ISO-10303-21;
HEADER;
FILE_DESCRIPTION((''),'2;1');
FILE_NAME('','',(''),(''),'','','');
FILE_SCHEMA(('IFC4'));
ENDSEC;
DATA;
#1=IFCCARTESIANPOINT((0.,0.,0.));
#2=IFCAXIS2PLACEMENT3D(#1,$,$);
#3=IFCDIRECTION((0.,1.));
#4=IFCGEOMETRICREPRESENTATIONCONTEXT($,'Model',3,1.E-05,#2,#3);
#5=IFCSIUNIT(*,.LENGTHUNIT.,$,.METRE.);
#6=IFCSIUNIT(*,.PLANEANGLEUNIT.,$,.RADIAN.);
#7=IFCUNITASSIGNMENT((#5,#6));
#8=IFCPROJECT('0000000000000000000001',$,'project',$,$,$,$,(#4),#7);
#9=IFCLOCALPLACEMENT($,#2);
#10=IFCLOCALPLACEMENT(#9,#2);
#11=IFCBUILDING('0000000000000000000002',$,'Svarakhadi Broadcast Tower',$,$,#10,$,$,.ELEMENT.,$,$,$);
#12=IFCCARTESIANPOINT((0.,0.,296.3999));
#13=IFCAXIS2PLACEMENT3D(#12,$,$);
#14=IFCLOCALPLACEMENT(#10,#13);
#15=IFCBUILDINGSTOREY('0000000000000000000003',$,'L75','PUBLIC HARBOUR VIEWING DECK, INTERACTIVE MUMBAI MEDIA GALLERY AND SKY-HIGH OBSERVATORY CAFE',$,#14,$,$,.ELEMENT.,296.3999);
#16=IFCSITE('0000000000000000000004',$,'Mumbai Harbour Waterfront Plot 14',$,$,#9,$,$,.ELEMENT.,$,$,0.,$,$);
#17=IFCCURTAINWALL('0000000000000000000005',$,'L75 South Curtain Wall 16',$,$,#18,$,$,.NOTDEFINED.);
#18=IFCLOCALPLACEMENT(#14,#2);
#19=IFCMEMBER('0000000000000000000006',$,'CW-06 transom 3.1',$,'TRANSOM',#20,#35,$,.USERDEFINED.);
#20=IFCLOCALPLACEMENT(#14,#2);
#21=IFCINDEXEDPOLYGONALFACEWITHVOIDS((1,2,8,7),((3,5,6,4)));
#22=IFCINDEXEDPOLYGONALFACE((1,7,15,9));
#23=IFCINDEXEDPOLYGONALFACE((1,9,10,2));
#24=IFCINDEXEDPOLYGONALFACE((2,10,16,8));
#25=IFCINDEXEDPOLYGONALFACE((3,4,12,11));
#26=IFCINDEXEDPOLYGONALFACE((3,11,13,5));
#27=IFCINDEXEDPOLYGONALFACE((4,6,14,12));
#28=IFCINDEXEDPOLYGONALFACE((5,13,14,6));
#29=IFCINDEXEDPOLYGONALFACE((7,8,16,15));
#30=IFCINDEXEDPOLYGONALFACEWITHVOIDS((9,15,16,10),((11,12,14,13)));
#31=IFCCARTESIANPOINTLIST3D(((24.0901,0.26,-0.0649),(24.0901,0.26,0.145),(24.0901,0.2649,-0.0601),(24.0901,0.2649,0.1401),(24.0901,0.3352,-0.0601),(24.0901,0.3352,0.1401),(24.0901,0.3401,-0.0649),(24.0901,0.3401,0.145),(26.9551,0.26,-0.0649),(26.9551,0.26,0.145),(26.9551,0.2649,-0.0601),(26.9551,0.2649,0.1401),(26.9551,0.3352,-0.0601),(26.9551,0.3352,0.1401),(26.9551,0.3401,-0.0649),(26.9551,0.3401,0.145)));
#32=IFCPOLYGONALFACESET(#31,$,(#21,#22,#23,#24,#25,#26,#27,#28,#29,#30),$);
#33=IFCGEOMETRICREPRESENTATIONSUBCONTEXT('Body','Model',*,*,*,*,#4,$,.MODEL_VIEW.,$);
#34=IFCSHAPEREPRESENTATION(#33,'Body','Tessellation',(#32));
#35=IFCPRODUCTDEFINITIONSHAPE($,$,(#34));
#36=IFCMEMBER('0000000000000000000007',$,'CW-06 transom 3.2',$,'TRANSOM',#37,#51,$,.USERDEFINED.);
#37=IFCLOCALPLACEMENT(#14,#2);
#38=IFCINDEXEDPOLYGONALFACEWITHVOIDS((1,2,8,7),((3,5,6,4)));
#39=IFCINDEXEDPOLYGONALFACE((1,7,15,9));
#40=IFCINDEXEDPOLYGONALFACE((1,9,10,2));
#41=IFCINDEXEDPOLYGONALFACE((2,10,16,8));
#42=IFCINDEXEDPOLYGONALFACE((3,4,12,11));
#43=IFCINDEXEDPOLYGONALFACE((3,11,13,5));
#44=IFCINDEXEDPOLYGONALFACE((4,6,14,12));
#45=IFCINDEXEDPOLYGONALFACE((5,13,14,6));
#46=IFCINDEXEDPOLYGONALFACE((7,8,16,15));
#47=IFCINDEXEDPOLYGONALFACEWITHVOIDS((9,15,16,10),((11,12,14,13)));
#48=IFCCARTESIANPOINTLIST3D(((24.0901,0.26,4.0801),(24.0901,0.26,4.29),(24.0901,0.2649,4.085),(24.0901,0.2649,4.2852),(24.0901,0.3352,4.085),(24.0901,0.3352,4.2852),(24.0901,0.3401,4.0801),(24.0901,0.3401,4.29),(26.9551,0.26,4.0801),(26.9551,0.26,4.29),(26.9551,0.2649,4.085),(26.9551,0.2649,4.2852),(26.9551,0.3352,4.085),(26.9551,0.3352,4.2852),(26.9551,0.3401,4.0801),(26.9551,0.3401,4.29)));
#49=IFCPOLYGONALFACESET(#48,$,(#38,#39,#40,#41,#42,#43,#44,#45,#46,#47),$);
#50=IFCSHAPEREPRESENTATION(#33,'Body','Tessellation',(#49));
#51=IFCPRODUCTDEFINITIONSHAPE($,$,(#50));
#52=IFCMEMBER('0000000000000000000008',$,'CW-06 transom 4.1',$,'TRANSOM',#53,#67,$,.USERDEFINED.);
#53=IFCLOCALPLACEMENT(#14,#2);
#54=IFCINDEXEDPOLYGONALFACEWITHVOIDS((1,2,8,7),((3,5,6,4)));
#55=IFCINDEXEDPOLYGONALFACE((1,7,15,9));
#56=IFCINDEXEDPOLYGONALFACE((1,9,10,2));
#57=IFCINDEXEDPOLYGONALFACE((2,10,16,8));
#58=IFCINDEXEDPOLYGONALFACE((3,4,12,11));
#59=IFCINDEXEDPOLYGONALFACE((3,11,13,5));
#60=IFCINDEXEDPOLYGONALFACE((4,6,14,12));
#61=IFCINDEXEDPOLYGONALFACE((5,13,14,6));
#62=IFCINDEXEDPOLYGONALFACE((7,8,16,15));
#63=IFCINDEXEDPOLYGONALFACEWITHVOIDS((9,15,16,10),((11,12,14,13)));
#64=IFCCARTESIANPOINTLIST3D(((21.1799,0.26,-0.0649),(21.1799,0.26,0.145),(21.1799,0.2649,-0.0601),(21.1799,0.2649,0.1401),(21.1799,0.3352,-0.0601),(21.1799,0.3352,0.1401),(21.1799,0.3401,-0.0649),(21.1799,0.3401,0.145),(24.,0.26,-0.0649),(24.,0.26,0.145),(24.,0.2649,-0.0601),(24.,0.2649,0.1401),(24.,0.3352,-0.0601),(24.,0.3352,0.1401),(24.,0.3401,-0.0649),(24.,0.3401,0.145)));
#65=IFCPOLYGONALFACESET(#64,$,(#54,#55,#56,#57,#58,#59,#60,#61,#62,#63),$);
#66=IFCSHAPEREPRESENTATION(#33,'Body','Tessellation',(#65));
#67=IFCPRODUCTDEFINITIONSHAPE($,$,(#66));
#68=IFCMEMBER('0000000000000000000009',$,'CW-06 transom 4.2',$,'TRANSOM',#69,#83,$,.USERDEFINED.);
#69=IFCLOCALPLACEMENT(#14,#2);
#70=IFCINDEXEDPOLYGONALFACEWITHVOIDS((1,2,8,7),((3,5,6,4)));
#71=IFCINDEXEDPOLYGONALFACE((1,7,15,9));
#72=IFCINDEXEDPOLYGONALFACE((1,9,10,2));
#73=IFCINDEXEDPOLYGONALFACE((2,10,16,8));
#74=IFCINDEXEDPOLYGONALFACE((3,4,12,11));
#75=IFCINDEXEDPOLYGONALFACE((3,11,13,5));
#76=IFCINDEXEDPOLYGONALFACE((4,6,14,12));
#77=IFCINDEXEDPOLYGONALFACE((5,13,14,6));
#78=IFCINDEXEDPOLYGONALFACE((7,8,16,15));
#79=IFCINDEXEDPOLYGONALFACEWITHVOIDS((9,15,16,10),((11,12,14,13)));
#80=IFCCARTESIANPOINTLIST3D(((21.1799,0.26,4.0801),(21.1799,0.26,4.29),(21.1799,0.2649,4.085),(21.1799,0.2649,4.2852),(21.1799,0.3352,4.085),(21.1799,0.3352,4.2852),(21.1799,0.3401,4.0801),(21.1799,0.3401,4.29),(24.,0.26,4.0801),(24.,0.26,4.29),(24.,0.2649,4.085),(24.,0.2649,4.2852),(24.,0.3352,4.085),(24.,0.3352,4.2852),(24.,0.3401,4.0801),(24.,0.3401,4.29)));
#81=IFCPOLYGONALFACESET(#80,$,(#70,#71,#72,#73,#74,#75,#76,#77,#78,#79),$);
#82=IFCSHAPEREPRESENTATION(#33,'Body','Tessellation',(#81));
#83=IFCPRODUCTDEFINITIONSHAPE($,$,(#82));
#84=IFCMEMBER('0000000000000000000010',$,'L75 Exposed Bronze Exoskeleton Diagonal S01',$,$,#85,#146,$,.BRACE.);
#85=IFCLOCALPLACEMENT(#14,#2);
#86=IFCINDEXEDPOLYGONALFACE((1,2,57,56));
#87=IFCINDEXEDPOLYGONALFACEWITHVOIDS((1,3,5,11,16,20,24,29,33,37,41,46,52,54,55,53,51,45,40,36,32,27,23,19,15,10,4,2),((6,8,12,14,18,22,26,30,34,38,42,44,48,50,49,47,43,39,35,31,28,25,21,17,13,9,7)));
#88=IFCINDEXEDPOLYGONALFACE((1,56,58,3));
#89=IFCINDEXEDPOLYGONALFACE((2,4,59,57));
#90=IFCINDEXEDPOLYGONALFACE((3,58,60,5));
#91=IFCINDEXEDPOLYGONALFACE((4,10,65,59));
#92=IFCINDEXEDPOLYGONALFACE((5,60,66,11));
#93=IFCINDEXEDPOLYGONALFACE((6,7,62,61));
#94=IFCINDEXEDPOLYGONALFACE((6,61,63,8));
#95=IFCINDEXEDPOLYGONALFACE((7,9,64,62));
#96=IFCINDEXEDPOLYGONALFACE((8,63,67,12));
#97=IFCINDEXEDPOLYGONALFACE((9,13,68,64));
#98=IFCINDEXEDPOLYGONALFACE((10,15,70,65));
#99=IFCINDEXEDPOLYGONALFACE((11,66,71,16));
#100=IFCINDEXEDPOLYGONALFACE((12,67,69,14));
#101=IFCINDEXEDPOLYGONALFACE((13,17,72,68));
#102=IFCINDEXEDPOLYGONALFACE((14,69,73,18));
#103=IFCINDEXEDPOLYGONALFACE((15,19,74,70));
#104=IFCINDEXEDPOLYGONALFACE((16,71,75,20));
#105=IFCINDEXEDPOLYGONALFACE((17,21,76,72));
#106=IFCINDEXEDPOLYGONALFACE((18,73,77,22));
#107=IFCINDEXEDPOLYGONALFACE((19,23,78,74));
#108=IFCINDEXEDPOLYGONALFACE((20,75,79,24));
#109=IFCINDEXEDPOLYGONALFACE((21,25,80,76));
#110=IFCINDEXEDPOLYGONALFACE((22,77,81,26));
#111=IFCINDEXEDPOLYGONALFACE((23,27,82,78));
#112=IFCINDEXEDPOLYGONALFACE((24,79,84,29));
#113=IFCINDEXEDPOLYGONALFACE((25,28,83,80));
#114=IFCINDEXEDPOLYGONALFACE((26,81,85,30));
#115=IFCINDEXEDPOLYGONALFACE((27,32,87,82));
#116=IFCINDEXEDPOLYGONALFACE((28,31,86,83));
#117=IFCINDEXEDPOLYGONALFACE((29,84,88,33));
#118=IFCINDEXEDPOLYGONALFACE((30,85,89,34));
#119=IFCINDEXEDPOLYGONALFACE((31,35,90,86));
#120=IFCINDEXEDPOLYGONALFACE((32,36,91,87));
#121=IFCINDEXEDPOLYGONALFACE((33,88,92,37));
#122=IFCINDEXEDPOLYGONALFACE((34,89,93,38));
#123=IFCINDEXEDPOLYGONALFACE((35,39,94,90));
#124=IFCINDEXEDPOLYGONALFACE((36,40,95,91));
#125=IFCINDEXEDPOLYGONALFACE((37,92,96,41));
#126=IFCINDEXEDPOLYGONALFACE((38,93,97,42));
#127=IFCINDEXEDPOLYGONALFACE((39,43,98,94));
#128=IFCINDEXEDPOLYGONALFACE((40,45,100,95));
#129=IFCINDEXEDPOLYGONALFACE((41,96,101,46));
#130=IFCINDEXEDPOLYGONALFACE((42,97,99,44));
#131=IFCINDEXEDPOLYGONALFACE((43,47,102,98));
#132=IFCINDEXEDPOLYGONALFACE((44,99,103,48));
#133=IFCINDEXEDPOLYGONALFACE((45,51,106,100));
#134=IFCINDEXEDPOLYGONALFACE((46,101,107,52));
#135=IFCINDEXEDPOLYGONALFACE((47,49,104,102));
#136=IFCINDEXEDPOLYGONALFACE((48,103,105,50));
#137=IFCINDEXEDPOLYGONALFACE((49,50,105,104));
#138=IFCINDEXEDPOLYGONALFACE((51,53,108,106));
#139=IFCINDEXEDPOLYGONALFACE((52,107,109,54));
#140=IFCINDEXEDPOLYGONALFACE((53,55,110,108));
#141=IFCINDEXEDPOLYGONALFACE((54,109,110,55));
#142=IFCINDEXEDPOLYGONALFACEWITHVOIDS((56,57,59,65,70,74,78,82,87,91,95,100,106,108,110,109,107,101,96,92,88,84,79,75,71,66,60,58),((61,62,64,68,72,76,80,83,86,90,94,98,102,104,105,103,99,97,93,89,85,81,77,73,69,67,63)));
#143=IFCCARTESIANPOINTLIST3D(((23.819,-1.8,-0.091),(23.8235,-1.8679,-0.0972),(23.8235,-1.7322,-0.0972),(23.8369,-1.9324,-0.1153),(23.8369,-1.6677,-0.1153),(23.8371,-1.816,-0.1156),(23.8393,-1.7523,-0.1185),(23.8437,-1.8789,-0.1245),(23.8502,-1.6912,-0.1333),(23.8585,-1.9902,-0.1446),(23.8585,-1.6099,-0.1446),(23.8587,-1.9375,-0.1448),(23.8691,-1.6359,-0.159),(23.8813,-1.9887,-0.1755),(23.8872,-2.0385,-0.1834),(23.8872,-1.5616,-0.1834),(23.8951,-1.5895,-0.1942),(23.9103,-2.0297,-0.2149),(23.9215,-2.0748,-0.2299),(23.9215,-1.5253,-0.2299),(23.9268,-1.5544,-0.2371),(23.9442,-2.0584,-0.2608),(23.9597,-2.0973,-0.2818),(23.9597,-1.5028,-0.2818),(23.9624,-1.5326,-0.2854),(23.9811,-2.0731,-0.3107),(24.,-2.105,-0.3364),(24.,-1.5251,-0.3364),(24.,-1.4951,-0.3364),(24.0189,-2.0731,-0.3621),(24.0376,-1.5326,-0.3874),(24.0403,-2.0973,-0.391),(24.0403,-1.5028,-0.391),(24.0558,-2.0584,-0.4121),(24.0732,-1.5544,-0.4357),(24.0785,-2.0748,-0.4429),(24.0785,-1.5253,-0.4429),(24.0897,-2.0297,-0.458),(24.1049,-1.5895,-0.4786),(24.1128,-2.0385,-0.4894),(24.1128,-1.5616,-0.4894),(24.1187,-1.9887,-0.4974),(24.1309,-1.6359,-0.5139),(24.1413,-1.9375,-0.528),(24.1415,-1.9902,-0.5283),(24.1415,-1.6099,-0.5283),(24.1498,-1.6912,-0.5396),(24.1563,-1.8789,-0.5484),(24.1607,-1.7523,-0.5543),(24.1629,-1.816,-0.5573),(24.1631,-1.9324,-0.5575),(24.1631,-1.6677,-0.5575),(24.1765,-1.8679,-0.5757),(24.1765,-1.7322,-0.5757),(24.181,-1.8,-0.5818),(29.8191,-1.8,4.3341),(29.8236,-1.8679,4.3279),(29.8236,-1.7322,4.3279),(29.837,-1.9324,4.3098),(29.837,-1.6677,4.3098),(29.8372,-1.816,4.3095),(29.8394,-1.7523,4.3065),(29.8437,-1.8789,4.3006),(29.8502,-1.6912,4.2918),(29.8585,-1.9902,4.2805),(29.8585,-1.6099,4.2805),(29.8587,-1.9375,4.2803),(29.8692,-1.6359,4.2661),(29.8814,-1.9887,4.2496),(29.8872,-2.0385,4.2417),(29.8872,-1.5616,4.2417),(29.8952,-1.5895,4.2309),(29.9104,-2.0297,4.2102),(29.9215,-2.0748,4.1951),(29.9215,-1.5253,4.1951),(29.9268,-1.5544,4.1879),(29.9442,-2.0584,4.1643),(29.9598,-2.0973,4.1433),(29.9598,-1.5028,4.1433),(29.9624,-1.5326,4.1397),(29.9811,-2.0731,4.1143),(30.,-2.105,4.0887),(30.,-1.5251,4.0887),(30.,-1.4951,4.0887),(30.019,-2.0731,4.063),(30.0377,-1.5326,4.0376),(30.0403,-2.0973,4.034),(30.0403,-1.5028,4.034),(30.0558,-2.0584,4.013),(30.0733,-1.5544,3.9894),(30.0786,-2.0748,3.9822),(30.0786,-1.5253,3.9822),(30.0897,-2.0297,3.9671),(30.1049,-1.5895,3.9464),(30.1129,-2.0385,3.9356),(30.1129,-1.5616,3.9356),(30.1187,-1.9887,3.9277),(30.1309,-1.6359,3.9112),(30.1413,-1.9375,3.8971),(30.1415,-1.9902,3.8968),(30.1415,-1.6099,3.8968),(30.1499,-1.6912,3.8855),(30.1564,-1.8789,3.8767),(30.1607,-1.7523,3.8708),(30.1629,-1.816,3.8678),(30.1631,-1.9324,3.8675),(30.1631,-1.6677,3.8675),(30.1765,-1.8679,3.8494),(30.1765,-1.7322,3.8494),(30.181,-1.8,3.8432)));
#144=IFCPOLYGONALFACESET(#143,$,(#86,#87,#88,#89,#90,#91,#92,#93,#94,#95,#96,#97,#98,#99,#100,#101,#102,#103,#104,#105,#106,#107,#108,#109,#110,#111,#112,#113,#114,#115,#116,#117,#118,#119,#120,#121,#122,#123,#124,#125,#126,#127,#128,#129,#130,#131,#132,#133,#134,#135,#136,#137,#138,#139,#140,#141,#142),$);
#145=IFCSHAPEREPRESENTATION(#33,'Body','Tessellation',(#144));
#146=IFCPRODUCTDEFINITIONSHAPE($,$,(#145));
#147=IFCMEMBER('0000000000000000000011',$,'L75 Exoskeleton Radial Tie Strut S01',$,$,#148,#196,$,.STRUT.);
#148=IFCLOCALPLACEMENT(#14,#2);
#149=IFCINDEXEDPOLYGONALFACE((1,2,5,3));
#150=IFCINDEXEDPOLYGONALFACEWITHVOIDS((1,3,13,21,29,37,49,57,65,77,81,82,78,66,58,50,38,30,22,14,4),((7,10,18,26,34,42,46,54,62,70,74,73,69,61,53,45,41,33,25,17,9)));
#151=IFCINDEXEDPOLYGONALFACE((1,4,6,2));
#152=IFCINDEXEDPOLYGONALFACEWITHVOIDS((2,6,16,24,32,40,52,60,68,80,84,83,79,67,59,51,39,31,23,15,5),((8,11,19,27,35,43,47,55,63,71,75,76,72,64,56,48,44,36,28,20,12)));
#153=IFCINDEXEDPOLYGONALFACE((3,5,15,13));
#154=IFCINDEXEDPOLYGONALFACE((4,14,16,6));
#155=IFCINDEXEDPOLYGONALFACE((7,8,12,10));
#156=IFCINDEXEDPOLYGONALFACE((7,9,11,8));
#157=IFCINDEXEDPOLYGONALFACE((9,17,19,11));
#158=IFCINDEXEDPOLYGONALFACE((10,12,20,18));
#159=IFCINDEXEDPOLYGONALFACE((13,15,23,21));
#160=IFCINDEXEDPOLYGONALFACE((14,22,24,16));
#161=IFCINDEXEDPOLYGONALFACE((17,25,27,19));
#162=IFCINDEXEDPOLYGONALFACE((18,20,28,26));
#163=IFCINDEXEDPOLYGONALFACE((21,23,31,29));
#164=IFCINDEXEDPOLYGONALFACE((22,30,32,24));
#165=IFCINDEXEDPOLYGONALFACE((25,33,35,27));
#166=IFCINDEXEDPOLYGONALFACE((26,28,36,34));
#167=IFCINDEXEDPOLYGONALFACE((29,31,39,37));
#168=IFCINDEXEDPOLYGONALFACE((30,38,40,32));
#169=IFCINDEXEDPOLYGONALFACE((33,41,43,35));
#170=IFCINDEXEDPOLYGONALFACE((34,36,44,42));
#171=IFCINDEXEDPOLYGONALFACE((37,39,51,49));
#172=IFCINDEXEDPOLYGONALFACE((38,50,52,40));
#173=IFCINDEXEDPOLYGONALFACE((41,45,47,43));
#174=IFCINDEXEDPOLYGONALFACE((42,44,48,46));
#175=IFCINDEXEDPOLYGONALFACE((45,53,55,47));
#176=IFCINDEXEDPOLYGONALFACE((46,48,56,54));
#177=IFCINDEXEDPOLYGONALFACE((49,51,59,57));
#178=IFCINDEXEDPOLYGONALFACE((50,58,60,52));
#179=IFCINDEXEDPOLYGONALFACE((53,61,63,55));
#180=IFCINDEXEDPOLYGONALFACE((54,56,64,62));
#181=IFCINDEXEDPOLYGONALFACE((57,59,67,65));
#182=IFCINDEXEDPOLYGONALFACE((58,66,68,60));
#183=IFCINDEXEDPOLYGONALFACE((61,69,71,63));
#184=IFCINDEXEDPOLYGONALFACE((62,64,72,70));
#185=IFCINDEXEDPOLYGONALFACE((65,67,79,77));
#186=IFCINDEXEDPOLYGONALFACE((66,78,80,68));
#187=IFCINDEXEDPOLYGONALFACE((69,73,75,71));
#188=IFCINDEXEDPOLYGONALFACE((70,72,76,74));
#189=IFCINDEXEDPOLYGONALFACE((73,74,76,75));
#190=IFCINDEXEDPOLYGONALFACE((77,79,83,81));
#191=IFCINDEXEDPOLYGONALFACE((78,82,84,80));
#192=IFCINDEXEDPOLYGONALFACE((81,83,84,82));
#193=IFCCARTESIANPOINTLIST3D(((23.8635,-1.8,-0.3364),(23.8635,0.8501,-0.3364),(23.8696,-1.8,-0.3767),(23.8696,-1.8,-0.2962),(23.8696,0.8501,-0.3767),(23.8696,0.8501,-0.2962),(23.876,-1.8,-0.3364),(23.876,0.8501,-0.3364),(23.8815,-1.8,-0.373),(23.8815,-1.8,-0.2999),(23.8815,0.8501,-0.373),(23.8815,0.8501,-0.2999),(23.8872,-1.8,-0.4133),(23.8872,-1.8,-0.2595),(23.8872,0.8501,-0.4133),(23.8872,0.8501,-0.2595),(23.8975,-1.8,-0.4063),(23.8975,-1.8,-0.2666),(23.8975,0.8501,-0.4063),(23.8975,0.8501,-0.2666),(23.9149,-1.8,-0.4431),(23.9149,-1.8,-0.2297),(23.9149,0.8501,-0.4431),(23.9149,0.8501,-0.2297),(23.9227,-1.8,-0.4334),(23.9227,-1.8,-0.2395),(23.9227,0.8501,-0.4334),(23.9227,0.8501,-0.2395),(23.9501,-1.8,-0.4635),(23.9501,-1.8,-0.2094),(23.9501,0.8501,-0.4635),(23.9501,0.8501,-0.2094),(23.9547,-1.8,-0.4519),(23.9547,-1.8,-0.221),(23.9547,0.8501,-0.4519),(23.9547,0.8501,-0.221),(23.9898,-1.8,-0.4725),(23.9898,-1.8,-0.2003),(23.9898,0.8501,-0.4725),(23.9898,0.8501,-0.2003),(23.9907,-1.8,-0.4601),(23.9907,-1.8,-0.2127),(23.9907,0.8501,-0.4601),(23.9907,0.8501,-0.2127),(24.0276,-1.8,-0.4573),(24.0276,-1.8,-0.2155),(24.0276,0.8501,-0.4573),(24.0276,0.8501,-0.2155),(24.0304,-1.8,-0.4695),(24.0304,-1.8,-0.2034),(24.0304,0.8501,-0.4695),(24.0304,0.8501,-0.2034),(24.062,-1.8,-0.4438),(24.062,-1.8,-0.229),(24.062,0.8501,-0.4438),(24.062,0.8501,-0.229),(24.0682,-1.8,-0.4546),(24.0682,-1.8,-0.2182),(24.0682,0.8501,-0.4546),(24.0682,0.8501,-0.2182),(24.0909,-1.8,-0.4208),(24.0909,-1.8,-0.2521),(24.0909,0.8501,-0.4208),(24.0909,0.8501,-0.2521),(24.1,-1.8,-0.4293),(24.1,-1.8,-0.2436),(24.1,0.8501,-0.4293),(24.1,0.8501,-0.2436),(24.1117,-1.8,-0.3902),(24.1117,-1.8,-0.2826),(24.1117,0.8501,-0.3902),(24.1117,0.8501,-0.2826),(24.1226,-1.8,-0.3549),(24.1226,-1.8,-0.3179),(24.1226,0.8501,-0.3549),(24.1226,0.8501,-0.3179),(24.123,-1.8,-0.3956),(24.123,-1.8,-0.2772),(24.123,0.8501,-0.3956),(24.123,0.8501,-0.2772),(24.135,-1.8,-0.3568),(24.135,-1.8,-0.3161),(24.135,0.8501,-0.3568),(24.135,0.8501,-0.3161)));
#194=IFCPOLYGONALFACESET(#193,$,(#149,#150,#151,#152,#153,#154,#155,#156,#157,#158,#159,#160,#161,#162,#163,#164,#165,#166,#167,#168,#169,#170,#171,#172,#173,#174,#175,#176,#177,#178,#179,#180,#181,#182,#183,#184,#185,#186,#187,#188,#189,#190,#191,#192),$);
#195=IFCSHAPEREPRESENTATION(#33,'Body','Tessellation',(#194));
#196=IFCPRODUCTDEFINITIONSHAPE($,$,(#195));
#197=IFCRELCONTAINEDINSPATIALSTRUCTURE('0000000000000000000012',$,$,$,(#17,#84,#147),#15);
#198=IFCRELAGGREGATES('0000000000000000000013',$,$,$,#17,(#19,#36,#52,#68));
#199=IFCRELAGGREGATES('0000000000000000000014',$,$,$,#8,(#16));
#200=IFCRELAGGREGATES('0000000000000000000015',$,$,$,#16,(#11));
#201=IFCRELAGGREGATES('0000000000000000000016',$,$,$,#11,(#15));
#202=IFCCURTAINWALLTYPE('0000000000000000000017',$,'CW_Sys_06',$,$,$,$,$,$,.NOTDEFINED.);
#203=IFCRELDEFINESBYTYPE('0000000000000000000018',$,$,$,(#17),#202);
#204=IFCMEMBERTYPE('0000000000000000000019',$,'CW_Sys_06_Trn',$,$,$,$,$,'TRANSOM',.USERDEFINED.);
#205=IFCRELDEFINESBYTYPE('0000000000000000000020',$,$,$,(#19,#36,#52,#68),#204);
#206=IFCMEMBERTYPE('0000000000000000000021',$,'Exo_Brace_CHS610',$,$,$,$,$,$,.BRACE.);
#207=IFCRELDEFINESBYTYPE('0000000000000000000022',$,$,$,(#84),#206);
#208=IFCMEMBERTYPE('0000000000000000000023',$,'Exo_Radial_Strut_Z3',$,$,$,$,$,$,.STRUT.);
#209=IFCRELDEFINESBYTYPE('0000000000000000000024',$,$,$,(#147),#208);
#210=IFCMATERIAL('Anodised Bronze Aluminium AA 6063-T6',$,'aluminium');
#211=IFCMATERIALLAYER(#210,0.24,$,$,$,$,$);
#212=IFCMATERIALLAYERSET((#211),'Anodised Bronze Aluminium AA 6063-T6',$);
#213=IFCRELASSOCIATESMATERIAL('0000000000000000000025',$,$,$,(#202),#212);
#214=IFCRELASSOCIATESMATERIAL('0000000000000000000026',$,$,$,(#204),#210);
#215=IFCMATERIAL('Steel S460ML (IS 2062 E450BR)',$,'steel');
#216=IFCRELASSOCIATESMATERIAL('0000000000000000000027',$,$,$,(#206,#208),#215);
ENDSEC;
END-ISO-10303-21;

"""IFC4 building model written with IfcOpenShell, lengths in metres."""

from ifc_helpers import new_model, si_unit, direction, frame, origin, origin_2d, place, context, subcontext, project, spatial, hollow_rectangle, hollow_circle, extrude, material, layer, layer_set, material_profile, profile_set, type_object, element, aggregate, save


model = new_model("IFC4")

# Units and contexts
model_context = context("Model", 3, precision=1e-05, world=origin(), true_north=direction((0.0, 1.0)))
body_context = subcontext(model_context, "Body", "Model", "MODEL_VIEW")
ifc_project = project(units=[si_unit("LENGTHUNIT", "METRE"), si_unit("PLANEANGLEUNIT", "RADIAN")], contexts=[model_context])

# Site, building, storey
site_placement = place(None, origin())
site = spatial("IfcSite", under=ifc_project, at=site_placement, Name="Mumbai Harbour Waterfront Plot 14", CompositionType="ELEMENT", RefElevation=0.0)
building_placement = place(site_placement, origin())
building = spatial("IfcBuilding", under=site, at=building_placement, Name="Svarakhadi Broadcast Tower", CompositionType="ELEMENT")
storey_placement = place(building_placement, frame((0.0, 0.0, 296.3999)))
storey = spatial("IfcBuildingStorey", under=building, at=storey_placement, Name="L75", Description="PUBLIC HARBOUR VIEWING DECK, INTERACTIVE MUMBAI MEDIA GALLERY AND SKY-HIGH OBSERVATORY CAFE", CompositionType="ELEMENT", Elevation=296.3999)

# Shared definitions
ifc_material_1 = material(Name="Steel S460ML (IS 2062 E450BR)", Category="steel")

# Curtain wall, members
ifc_material_2 = material(Name="Anodised Bronze Aluminium AA 6063-T6", Category="aluminium")
ifc_layer_1 = layer(ifc_material_2, 0.24)
ifc_layer_set_1 = layer_set([ifc_layer_1], Name="Anodised Bronze Aluminium AA 6063-T6")
curtain_wall_type = type_object("IfcCurtainWallType", Name="CW_Sys_06", PredefinedType="NOTDEFINED", material=ifc_layer_set_1)
curtain_wall_placement = place(storey_placement, origin())
curtain_wall = element("IfcCurtainWall", 1, at=curtain_wall_placement, inside=storey, type_object=curtain_wall_type, Name="L75 South Curtain Wall 16", PredefinedType="NOTDEFINED")
ifc_material_profile_1 = material_profile(ifc_material_2, hollow_rectangle(XDim=0.0801, YDim=0.21, WallThickness=0.0049, at=origin_2d()), Name="ALU TRANSOM 210x80x5")
ifc_profile_set_1 = profile_set([ifc_material_profile_1], Name="Anodised Bronze Aluminium AA 6063-T6")
member_type_1 = type_object("IfcMemberType", Name="CW_Sys_06_Trn", ElementType="TRANSOM", PredefinedType="USERDEFINED", material=ifc_profile_set_1)
member_1_placement = place(storey_placement, frame((26.9551, 0.3, 0.04), z_axis=(-1.0, 0.0, 0.0), x_axis=(0.0, -1.0, 0.0)))
member_1 = element("IfcMember", 2, at=member_1_placement, type_object=member_type_1, Name="CW-06 transom 3.1", ObjectType="TRANSOM", PredefinedType="USERDEFINED", context=body_context, shape_type="SweptSolid", body=[
    extrude(hollow_rectangle(XDim=0.0801, YDim=0.21, WallThickness=0.0049, at=origin_2d()), origin(), (0.0, 0.0, 1.0), 2.865),
])
member_2_placement = place(storey_placement, frame((26.9551, 0.3, 4.1851), z_axis=(-1.0, 0.0, 0.0), x_axis=(0.0, -1.0, 0.0)))
member_2 = element("IfcMember", 3, at=member_2_placement, type_object=member_type_1, Name="CW-06 transom 3.2", ObjectType="TRANSOM", PredefinedType="USERDEFINED", context=body_context, shape_type="SweptSolid", body=[
    extrude(hollow_rectangle(XDim=0.0801, YDim=0.21, WallThickness=0.0049, at=origin_2d()), origin(), (0.0, 0.0, 1.0), 2.865),
])
member_3_placement = place(storey_placement, frame((24.0, 0.3, 0.04), z_axis=(-1.0, 0.0, 0.0), x_axis=(0.0, -1.0, 0.0)))
member_3 = element("IfcMember", 4, at=member_3_placement, type_object=member_type_1, Name="CW-06 transom 4.1", ObjectType="TRANSOM", PredefinedType="USERDEFINED", context=body_context, shape_type="SweptSolid", body=[
    extrude(hollow_rectangle(XDim=0.0801, YDim=0.21, WallThickness=0.0049, at=origin_2d()), origin(), (0.0, 0.0, 1.0), 2.8201),
])
member_4_placement = place(storey_placement, frame((24.0, 0.3, 4.1851), z_axis=(-1.0, 0.0, 0.0), x_axis=(0.0, -1.0, 0.0)))
member_4 = element("IfcMember", 5, at=member_4_placement, type_object=member_type_1, Name="CW-06 transom 4.2", ObjectType="TRANSOM", PredefinedType="USERDEFINED", context=body_context, shape_type="SweptSolid", body=[
    extrude(hollow_rectangle(XDim=0.0801, YDim=0.21, WallThickness=0.0049, at=origin_2d()), origin(), (0.0, 0.0, 1.0), 2.8201),
])

# Members
ifc_material_profile_2 = material_profile(ifc_material_1, hollow_circle(Radius=0.3049, WallThickness=0.03, at=origin_2d()), Name="CHS 610x30")
ifc_profile_set_2 = profile_set([ifc_material_profile_2], Name="Steel S460ML (IS 2062 E450BR)")
member_type_2 = type_object("IfcMemberType", Name="Exo_Brace_CHS610", PredefinedType="BRACE", material=ifc_profile_set_2)
member_5_placement = place(storey_placement, frame((24.0, -1.8, -0.3364), z_axis=(0.8048, 0.0, 0.593546), x_axis=(0.0, 1.0, 0.0)))
element("IfcMember", 6, at=member_5_placement, inside=storey, type_object=member_type_2, Name="L75 Exposed Bronze Exoskeleton Diagonal S01", PredefinedType="BRACE", context=body_context, shape_type="SweptSolid", body=[
    extrude(hollow_circle(Radius=0.3049, WallThickness=0.03, at=origin_2d()), origin(), (0.0, 0.0, 1.0), 7.4553),
])
ifc_material_profile_3 = material_profile(ifc_material_1, hollow_circle(Radius=0.1365, WallThickness=0.0125, at=origin_2d()), Name="CHS 273x12.5")
ifc_profile_set_3 = profile_set([ifc_material_profile_3], Name="Steel S460ML (IS 2062 E450BR)")
member_type_3 = type_object("IfcMemberType", Name="Exo_Radial_Strut_Z3", PredefinedType="STRUT", material=ifc_profile_set_3)
member_6_placement = place(storey_placement, frame((24.0, -1.8, -0.3364), z_axis=(0.0, 1.0, 0.0), x_axis=(-1.0, 0.0, 0.0)))
element("IfcMember", 7, at=member_6_placement, inside=storey, type_object=member_type_3, Name="L75 Exoskeleton Radial Tie Strut S01", PredefinedType="STRUT", context=body_context, shape_type="SweptSolid", body=[
    extrude(hollow_circle(Radius=0.1365, WallThickness=0.0125, at=origin_2d()), origin(), (0.0, 0.0, 1.0), 2.6501),
])

aggregate(curtain_wall, [member_1, member_2, member_3, member_4])

save(model, "model.ifc")
